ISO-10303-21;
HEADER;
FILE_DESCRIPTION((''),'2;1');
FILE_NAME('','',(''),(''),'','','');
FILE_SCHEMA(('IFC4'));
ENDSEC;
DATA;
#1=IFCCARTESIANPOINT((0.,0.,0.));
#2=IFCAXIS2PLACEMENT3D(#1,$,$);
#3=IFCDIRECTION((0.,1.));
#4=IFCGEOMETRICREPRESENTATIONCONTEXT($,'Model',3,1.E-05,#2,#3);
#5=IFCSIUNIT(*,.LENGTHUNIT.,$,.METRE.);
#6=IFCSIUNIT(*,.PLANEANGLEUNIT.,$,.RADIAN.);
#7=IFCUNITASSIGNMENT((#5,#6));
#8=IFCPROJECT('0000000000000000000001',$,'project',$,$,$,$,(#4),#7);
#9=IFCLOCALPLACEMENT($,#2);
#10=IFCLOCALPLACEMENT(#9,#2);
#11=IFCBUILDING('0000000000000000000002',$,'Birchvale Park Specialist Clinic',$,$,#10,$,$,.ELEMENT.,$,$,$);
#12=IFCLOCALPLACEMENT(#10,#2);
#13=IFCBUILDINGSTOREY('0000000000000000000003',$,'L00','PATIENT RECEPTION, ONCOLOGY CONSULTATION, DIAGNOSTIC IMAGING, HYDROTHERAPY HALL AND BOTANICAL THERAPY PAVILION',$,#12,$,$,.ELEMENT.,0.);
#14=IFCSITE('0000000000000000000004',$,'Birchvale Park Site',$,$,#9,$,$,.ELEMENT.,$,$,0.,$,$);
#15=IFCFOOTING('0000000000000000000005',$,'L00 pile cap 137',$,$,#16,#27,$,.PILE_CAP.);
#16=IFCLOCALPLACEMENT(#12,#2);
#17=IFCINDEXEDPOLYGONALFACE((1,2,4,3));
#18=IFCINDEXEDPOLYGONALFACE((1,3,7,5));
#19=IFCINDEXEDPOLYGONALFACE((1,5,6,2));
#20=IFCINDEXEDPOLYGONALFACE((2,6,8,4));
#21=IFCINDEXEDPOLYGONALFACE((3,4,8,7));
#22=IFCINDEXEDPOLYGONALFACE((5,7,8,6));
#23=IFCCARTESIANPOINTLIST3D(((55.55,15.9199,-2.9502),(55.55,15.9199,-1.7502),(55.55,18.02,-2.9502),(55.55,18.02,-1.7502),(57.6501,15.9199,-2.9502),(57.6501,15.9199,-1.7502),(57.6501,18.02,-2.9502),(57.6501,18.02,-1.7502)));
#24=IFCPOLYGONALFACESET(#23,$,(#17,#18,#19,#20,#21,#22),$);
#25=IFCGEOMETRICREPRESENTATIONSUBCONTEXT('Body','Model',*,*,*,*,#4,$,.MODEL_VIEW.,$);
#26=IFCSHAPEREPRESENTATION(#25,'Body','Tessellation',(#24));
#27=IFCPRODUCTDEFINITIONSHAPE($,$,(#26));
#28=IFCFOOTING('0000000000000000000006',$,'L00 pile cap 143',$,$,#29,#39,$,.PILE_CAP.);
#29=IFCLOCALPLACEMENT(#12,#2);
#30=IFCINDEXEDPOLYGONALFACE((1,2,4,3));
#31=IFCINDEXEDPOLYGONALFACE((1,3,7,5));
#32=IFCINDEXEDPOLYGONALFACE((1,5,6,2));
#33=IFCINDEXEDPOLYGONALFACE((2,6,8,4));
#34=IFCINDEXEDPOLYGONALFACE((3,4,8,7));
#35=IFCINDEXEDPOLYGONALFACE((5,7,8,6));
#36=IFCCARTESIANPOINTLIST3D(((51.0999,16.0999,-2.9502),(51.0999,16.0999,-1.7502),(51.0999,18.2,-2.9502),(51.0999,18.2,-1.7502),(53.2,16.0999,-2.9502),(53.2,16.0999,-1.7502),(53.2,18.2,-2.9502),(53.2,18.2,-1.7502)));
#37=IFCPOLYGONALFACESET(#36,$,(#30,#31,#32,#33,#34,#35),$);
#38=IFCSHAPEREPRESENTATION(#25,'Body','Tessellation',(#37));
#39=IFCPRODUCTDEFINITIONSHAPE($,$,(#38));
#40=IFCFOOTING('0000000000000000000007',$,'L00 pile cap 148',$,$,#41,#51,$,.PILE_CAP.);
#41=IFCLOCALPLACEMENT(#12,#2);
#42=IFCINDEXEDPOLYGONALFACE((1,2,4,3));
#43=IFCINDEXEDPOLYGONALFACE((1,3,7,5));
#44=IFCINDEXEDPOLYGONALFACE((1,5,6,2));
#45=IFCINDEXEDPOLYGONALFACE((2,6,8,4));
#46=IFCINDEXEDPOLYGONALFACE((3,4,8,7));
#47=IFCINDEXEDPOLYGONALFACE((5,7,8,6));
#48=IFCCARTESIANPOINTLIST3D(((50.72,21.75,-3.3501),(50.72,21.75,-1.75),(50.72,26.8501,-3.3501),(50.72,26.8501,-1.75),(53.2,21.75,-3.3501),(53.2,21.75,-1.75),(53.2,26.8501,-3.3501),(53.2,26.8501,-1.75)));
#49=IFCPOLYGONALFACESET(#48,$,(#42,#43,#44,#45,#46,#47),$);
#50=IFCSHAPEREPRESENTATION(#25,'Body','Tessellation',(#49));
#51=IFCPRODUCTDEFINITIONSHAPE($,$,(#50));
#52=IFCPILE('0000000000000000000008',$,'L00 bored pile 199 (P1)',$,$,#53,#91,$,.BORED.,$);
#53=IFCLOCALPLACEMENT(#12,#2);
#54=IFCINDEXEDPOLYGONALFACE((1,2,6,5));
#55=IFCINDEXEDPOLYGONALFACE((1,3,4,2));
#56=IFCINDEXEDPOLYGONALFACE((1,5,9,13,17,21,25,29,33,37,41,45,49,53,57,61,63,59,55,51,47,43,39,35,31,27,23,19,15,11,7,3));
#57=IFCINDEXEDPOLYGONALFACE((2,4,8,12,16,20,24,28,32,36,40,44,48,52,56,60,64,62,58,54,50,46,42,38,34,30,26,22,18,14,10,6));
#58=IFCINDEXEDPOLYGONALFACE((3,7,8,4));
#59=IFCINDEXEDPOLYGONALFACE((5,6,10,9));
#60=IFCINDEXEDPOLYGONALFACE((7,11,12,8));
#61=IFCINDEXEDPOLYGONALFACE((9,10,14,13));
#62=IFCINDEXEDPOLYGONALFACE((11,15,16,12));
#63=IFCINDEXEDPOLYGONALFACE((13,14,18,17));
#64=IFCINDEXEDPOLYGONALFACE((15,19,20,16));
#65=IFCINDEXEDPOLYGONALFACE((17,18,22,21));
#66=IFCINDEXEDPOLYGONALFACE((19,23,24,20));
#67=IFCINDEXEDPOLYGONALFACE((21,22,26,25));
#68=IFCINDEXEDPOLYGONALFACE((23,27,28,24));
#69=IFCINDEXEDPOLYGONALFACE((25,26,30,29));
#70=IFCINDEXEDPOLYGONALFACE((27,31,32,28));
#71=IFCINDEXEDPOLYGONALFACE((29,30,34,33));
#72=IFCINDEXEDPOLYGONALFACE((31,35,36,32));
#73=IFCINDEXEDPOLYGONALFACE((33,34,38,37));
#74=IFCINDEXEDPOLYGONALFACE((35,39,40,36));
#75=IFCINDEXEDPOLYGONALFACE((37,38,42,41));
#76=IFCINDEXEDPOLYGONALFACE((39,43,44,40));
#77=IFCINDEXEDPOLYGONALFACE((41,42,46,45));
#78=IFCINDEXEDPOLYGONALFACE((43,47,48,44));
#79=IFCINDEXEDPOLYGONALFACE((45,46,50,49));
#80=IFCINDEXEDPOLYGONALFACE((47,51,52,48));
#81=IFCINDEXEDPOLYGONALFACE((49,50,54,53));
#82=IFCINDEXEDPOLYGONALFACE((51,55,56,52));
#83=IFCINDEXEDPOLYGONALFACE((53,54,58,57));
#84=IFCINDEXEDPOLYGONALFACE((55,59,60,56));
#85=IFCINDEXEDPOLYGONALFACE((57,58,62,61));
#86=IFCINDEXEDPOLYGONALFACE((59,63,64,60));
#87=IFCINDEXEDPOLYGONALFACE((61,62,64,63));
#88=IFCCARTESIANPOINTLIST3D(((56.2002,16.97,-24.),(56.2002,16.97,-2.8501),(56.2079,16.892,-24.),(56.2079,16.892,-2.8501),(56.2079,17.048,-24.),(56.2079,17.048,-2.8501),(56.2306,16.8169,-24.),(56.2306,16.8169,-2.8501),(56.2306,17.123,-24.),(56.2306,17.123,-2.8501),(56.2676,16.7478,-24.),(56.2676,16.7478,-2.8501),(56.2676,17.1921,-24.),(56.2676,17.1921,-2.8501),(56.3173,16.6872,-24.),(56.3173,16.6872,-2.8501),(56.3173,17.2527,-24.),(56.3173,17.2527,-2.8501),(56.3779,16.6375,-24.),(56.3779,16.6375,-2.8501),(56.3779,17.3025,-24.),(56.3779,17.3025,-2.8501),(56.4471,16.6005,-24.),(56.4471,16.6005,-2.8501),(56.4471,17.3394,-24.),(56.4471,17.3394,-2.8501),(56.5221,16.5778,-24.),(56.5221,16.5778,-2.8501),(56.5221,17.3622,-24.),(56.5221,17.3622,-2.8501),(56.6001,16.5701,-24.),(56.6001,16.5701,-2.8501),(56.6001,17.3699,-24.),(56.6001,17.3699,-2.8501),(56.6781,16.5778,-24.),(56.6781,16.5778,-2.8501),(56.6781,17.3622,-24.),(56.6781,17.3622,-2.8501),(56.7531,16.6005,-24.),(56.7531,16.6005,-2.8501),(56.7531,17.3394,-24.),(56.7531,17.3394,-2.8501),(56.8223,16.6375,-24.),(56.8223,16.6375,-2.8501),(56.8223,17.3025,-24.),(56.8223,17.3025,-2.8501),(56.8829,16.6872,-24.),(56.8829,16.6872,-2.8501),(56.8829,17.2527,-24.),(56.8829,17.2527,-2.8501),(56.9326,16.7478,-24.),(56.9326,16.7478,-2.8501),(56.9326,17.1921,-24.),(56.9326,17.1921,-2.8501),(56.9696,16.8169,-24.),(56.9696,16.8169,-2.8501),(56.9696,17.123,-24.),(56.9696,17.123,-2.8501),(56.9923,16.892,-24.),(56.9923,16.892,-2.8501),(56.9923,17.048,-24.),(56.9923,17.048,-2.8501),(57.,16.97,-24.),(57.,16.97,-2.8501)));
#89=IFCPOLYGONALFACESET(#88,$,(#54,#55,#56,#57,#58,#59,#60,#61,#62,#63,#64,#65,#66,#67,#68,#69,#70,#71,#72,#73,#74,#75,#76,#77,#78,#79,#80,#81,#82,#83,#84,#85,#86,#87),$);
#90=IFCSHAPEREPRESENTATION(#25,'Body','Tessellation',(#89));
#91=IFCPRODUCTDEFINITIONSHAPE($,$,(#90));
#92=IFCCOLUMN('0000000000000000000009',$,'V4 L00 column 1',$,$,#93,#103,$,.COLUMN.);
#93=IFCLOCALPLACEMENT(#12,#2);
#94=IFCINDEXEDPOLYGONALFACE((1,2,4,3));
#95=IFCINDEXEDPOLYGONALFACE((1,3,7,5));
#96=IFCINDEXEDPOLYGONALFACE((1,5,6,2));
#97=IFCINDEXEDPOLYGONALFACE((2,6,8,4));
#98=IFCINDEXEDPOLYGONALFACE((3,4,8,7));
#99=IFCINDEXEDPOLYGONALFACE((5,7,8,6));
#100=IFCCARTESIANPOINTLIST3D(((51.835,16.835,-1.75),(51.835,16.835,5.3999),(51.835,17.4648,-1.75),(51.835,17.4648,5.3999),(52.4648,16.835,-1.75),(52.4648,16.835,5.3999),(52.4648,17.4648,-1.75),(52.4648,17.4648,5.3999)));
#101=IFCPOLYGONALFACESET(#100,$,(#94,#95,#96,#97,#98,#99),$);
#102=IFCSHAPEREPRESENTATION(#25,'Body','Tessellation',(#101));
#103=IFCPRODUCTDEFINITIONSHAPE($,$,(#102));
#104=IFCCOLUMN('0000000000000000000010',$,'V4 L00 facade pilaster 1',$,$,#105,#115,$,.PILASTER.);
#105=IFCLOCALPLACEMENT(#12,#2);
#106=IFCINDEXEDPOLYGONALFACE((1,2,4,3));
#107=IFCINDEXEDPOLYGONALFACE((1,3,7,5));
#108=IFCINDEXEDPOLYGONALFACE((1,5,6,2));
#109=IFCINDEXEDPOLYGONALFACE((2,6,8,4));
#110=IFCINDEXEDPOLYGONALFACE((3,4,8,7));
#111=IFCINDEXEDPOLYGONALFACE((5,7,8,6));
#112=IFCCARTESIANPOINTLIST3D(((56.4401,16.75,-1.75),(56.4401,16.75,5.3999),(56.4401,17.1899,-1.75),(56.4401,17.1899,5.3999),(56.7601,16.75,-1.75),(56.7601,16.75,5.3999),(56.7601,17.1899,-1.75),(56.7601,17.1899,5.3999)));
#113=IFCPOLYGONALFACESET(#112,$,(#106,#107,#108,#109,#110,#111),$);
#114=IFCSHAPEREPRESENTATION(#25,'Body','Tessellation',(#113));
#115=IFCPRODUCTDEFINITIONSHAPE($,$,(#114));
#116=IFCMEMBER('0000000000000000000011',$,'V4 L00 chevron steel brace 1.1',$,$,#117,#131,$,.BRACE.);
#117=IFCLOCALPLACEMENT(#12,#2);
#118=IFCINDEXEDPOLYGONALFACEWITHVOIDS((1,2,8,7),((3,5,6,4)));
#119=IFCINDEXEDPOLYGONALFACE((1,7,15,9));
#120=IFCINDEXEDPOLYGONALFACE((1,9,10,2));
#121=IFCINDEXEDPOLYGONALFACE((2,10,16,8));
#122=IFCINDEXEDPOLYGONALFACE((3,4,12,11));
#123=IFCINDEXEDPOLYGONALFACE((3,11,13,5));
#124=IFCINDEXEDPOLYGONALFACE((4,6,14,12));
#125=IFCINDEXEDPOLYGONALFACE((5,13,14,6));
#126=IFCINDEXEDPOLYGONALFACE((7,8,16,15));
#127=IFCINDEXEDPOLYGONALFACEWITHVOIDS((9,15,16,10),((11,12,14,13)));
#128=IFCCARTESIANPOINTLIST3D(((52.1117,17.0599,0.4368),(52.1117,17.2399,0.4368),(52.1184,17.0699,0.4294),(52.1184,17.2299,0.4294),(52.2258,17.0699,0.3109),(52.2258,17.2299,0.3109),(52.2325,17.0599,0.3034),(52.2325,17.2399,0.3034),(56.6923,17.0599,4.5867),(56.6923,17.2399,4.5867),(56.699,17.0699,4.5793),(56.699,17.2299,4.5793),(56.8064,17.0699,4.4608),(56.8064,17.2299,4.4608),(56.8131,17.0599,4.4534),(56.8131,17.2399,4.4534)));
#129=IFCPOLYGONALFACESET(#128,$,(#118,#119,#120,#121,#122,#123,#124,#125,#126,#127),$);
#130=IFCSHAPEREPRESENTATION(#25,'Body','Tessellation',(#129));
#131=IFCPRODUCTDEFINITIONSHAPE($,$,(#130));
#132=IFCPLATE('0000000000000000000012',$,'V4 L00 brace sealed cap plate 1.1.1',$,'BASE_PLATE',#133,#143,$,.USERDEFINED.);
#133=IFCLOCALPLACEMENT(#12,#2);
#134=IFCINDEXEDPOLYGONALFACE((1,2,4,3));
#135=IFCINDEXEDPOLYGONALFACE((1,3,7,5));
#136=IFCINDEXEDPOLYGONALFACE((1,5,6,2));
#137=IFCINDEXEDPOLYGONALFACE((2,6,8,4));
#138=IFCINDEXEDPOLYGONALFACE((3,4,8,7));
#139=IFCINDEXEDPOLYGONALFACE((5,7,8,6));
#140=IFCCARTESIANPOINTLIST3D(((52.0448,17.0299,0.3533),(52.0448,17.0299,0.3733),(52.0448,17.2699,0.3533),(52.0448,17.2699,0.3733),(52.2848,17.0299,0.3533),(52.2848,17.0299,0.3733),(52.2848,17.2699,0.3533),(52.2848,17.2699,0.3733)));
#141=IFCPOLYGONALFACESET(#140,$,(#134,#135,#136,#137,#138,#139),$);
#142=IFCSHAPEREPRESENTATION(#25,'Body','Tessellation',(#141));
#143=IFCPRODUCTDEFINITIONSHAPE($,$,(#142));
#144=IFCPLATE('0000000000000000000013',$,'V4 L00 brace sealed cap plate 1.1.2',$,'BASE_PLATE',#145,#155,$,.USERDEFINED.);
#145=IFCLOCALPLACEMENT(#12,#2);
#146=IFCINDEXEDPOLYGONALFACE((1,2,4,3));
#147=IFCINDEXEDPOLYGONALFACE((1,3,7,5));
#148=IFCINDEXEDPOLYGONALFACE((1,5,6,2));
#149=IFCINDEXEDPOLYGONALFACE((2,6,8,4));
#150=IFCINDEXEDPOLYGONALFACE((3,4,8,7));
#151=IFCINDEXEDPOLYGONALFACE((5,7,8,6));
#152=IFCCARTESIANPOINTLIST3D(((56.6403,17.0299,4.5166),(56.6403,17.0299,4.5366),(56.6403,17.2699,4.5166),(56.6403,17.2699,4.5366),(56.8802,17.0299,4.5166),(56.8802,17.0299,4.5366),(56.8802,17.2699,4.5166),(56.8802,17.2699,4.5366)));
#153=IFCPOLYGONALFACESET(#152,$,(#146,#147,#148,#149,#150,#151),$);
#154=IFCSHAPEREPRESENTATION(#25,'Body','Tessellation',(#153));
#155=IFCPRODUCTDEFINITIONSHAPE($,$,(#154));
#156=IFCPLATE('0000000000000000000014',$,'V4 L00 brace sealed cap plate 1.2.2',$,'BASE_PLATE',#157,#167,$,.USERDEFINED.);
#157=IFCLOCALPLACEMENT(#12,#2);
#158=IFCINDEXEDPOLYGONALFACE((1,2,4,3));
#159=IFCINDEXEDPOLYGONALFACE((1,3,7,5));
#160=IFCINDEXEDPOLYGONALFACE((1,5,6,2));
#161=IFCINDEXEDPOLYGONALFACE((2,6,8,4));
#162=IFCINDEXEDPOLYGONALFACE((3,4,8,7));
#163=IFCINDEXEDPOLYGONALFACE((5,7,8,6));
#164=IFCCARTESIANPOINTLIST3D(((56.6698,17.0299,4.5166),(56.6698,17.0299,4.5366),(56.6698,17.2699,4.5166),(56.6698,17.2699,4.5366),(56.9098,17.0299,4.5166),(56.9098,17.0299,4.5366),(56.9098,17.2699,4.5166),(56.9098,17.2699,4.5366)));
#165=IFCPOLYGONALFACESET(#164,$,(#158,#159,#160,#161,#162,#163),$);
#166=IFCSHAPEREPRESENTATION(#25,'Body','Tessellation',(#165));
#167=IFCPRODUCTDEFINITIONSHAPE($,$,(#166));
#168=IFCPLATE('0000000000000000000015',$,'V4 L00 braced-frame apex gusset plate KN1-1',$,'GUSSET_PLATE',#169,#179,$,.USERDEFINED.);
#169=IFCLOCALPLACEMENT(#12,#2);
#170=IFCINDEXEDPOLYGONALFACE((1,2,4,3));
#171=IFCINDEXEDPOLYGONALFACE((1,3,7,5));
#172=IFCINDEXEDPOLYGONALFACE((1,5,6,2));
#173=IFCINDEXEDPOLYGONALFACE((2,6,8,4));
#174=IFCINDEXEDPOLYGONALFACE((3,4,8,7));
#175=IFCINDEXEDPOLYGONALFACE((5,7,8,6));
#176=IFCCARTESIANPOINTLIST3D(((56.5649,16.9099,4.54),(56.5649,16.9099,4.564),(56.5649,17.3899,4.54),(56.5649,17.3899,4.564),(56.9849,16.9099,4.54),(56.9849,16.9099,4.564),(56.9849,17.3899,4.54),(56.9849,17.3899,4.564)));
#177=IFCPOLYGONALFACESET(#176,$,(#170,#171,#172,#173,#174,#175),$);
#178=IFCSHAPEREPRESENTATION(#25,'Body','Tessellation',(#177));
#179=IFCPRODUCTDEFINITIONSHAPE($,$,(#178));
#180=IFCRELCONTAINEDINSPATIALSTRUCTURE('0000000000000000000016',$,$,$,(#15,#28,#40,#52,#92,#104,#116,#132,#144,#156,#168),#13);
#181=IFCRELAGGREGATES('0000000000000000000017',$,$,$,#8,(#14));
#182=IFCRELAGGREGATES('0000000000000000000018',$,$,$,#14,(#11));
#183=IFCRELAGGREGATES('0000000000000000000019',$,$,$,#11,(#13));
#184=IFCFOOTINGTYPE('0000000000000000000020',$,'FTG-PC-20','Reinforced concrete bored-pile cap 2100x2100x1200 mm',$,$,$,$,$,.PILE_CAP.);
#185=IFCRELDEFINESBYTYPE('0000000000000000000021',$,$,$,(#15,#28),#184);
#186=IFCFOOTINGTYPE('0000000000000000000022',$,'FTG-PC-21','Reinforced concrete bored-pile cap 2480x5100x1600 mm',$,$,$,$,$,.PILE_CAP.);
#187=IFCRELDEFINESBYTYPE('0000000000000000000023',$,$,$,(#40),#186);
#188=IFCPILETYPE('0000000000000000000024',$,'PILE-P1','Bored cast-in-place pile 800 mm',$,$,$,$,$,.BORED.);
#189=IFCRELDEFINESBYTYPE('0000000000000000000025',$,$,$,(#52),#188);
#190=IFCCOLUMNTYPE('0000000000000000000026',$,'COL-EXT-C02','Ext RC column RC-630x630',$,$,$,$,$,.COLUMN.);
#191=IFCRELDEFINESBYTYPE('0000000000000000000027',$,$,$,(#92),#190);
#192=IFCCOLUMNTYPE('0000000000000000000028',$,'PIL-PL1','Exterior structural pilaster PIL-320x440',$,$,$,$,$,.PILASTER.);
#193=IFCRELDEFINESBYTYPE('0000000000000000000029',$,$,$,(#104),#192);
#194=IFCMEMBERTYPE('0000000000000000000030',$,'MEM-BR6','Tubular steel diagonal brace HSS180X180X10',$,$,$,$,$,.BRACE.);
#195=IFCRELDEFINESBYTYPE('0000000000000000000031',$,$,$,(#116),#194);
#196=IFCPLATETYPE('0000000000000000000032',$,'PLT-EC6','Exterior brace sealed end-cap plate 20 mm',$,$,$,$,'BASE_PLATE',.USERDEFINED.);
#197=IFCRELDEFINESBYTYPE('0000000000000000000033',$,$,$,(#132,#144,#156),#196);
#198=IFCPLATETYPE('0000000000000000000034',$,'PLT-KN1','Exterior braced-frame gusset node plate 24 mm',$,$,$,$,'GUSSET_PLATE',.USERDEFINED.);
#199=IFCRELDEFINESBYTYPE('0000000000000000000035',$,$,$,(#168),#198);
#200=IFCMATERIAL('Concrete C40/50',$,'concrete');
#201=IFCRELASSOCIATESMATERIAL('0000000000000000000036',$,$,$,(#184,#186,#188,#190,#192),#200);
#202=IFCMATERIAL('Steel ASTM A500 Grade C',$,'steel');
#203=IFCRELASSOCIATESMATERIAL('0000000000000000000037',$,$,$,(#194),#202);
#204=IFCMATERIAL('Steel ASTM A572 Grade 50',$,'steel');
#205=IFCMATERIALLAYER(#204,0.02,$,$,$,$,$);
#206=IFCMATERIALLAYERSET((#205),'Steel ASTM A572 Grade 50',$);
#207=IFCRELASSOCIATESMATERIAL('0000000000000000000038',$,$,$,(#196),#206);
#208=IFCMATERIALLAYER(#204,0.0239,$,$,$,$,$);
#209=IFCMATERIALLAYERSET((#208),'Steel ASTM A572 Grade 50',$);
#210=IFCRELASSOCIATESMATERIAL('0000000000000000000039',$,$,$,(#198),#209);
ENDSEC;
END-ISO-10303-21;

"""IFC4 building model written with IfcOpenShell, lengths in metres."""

from ifc_helpers import new_model, si_unit, direction, frame, origin, origin_2d, place, context, subcontext, project, spatial, rectangle, hollow_rectangle, circle, extrude, material, layer, layer_set, material_profile, profile_set, type_object, element, save


model = new_model("IFC4")

# Units and contexts
model_context = context("Model", 3, precision=1e-05, world=origin(), true_north=direction((0.0, 1.0)))
body_context = subcontext(model_context, "Body", "Model", "MODEL_VIEW")
ifc_project = project(units=[si_unit("LENGTHUNIT", "METRE"), si_unit("PLANEANGLEUNIT", "RADIAN")], contexts=[model_context])

# Site, building, storey
site_placement = place(None, origin())
site = spatial("IfcSite", under=ifc_project, at=site_placement, Name="Birchvale Park Site", CompositionType="ELEMENT", RefElevation=0.0)
building_placement = place(site_placement, origin())
building = spatial("IfcBuilding", under=site, at=building_placement, Name="Birchvale Park Specialist Clinic", CompositionType="ELEMENT")
storey_placement = place(building_placement, origin())
storey = spatial("IfcBuildingStorey", under=building, at=storey_placement, Name="L00", Description="PATIENT RECEPTION, ONCOLOGY CONSULTATION, DIAGNOSTIC IMAGING, HYDROTHERAPY HALL AND BOTANICAL THERAPY PAVILION", CompositionType="ELEMENT", Elevation=0.0)

# Footings
ifc_material_1 = material(Name="Concrete C40/50", Category="concrete")
footing_type_1 = type_object("IfcFootingType", Name="FTG-PC-20", Description="Reinforced concrete bored-pile cap 2100x2100x1200 mm", PredefinedType="PILE_CAP", material=ifc_material_1)
for number, where, z_axis, x_axis, name in (
    (1, (56.6001, 16.97, -2.9502), (0.0, 0.0, 1.0), (1.0, 0.0, 0.0), "L00 pile cap 137"),
    (2, (52.1499, 17.1499, -2.9502), (0.0, 0.0, 1.0), (1.0, 0.0, 0.0), "L00 pile cap 143"),
):
    element("IfcFooting", number, at=place(storey_placement, frame(where, z_axis=z_axis, x_axis=x_axis)), inside=storey, type_object=footing_type_1, Name=name, PredefinedType="PILE_CAP", context=body_context, shape_type="SweptSolid", body=[
        extrude(rectangle(XDim=2.1001, YDim=2.1001, at=origin_2d()), origin(), (0.0, 0.0, 1.0), 1.2),
    ])
footing_type_2 = type_object("IfcFootingType", Name="FTG-PC-21", Description="Reinforced concrete bored-pile cap 2480x5100x1600 mm", PredefinedType="PILE_CAP", material=ifc_material_1)
footing_placement = place(storey_placement, frame((51.96, 24.3, -3.3501), z_axis=(0.0, 0.0, 1.0), x_axis=(1.0, 0.0, 0.0)))
element("IfcFooting", 3, at=footing_placement, inside=storey, type_object=footing_type_2, Name="L00 pile cap 148", PredefinedType="PILE_CAP", context=body_context, shape_type="SweptSolid", body=[
    extrude(rectangle(XDim=2.48, YDim=5.1001, at=origin_2d()), origin(), (0.0, 0.0, 1.0), 1.6001),
])

# Pile
ifc_material_profile_1 = material_profile(ifc_material_1, circle(Radius=0.3999, at=origin_2d()), Name="PILE-800")
ifc_profile_set_1 = profile_set([ifc_material_profile_1], Name="Concrete C40/50")
pile_type = type_object("IfcPileType", Name="PILE-P1", Description="Bored cast-in-place pile 800 mm", PredefinedType="BORED", material=ifc_profile_set_1)
pile_placement = place(storey_placement, frame((56.6001, 16.97, -2.8501), z_axis=(0.0, 0.0, -1.0), x_axis=(1.0, 0.0, 0.0)))
element("IfcPile", 4, at=pile_placement, inside=storey, type_object=pile_type, Name="L00 bored pile 199 (P1)", PredefinedType="BORED", context=body_context, shape_type="SweptSolid", body=[
    extrude(circle(Radius=0.3999, at=origin_2d()), origin(), (0.0, 0.0, 1.0), 21.1499),
])

# Columns
ifc_material_profile_2 = material_profile(ifc_material_1, rectangle(XDim=0.6299, YDim=0.6299, at=origin_2d()), Name="RC-630x630")
ifc_profile_set_2 = profile_set([ifc_material_profile_2], Name="Concrete C40/50")
column_type_1 = type_object("IfcColumnType", Name="COL-EXT-C02", Description="Ext RC column RC-630x630", PredefinedType="COLUMN", material=ifc_profile_set_2)
column_1_placement = place(storey_placement, frame((52.1499, 17.1499, -1.75), z_axis=(0.0, 0.0, 1.0), x_axis=(1.0, 0.0, 0.0)))
element("IfcColumn", 5, at=column_1_placement, inside=storey, type_object=column_type_1, Name="V4 L00 column 1", PredefinedType="COLUMN", context=body_context, shape_type="SweptSolid", body=[
    extrude(rectangle(XDim=0.6299, YDim=0.6299, at=origin_2d()), origin(), (0.0, 0.0, 1.0), 7.1499),
])
ifc_material_profile_3 = material_profile(ifc_material_1, rectangle(XDim=0.3201, YDim=0.4399, at=origin_2d()), Name="PIL-320x440")
ifc_profile_set_3 = profile_set([ifc_material_profile_3], Name="Concrete C40/50")
column_type_2 = type_object("IfcColumnType", Name="PIL-PL1", Description="Exterior structural pilaster PIL-320x440", PredefinedType="PILASTER", material=ifc_profile_set_3)
column_2_placement = place(storey_placement, frame((56.6001, 16.97, -1.75), z_axis=(0.0, 0.0, 1.0), x_axis=(1.0, 0.0, 0.0)))
element("IfcColumn", 6, at=column_2_placement, inside=storey, type_object=column_type_2, Name="V4 L00 facade pilaster 1", PredefinedType="PILASTER", context=body_context, shape_type="SweptSolid", body=[
    extrude(rectangle(XDim=0.3201, YDim=0.4399, at=origin_2d()), origin(), (0.0, 0.0, 1.0), 7.1499),
])

# Member
ifc_material_2 = material(Name="Steel ASTM A500 Grade C", Category="steel")
ifc_material_profile_4 = material_profile(ifc_material_2, hollow_rectangle(XDim=0.1799, YDim=0.1799, WallThickness=0.01, at=origin_2d()), Name="HSS180X180X10")
ifc_profile_set_4 = profile_set([ifc_material_profile_4], Name="Steel ASTM A500 Grade C")
member_type = type_object("IfcMemberType", Name="MEM-BR6", Description="Tubular steel diagonal brace HSS180X180X10", PredefinedType="BRACE", material=ifc_profile_set_4)
member_placement = place(storey_placement, frame((52.1721, 17.1499, 0.3701), z_axis=(0.741086, 0.0, 0.67141), x_axis=(0.0, 1.0, 0.0)))
element("IfcMember", 7, at=member_placement, inside=storey, type_object=member_type, Name="V4 L00 chevron steel brace 1.1", PredefinedType="BRACE", context=body_context, shape_type="SweptSolid", body=[
    extrude(hollow_rectangle(XDim=0.1799, YDim=0.1799, WallThickness=0.01, at=origin_2d()), origin(), (0.0, 0.0, 1.0), 6.1809),
])

# Plates
ifc_material_3 = material(Name="Steel ASTM A572 Grade 50", Category="steel")
ifc_layer_1 = layer(ifc_material_3, 0.02)
ifc_layer_set_1 = layer_set([ifc_layer_1], Name="Steel ASTM A572 Grade 50")
plate_type_1 = type_object("IfcPlateType", Name="PLT-EC6", Description="Exterior brace sealed end-cap plate 20 mm", ElementType="BASE_PLATE", PredefinedType="USERDEFINED", material=ifc_layer_set_1)
for number, where, z_axis, x_axis, name in (
    (8, (52.1648, 17.1499, 0.3533), (0.0, 0.0, 1.0), (1.0, 0.0, 0.0), "V4 L00 brace sealed cap plate 1.1.1"),
    (9, (56.7603, 17.1499, 4.5166), (0.0, 0.0, 1.0), (1.0, 0.0, 0.0), "V4 L00 brace sealed cap plate 1.1.2"),
    (10, (56.7898, 17.1499, 4.5166), (0.0, 0.0, 1.0), (1.0, 0.0, 0.0), "V4 L00 brace sealed cap plate 1.2.2"),
):
    element("IfcPlate", number, at=place(storey_placement, frame(where, z_axis=z_axis, x_axis=x_axis)), inside=storey, type_object=plate_type_1, Name=name, ObjectType="BASE_PLATE", PredefinedType="USERDEFINED", context=body_context, shape_type="SweptSolid", body=[
        extrude(rectangle(XDim=0.24, YDim=0.24, at=origin_2d()), origin(), (0.0, 0.0, 1.0), 0.02),
    ])
ifc_layer_2 = layer(ifc_material_3, 0.0239)
ifc_layer_set_2 = layer_set([ifc_layer_2], Name="Steel ASTM A572 Grade 50")
plate_type_2 = type_object("IfcPlateType", Name="PLT-KN1", Description="Exterior braced-frame gusset node plate 24 mm", ElementType="GUSSET_PLATE", PredefinedType="USERDEFINED", material=ifc_layer_set_2)
plate_placement = place(storey_placement, frame((56.7749, 17.1499, 4.54), z_axis=(0.0, 0.0, 1.0), x_axis=(1.0, 0.0, 0.0)))
element("IfcPlate", 11, at=plate_placement, inside=storey, type_object=plate_type_2, Name="V4 L00 braced-frame apex gusset plate KN1-1", ObjectType="GUSSET_PLATE", PredefinedType="USERDEFINED", context=body_context, shape_type="SweptSolid", body=[
    extrude(rectangle(XDim=0.4199, YDim=0.48, at=origin_2d()), origin(), (0.0, 0.0, 1.0), 0.0239),
])

save(model, "model.ifc")
